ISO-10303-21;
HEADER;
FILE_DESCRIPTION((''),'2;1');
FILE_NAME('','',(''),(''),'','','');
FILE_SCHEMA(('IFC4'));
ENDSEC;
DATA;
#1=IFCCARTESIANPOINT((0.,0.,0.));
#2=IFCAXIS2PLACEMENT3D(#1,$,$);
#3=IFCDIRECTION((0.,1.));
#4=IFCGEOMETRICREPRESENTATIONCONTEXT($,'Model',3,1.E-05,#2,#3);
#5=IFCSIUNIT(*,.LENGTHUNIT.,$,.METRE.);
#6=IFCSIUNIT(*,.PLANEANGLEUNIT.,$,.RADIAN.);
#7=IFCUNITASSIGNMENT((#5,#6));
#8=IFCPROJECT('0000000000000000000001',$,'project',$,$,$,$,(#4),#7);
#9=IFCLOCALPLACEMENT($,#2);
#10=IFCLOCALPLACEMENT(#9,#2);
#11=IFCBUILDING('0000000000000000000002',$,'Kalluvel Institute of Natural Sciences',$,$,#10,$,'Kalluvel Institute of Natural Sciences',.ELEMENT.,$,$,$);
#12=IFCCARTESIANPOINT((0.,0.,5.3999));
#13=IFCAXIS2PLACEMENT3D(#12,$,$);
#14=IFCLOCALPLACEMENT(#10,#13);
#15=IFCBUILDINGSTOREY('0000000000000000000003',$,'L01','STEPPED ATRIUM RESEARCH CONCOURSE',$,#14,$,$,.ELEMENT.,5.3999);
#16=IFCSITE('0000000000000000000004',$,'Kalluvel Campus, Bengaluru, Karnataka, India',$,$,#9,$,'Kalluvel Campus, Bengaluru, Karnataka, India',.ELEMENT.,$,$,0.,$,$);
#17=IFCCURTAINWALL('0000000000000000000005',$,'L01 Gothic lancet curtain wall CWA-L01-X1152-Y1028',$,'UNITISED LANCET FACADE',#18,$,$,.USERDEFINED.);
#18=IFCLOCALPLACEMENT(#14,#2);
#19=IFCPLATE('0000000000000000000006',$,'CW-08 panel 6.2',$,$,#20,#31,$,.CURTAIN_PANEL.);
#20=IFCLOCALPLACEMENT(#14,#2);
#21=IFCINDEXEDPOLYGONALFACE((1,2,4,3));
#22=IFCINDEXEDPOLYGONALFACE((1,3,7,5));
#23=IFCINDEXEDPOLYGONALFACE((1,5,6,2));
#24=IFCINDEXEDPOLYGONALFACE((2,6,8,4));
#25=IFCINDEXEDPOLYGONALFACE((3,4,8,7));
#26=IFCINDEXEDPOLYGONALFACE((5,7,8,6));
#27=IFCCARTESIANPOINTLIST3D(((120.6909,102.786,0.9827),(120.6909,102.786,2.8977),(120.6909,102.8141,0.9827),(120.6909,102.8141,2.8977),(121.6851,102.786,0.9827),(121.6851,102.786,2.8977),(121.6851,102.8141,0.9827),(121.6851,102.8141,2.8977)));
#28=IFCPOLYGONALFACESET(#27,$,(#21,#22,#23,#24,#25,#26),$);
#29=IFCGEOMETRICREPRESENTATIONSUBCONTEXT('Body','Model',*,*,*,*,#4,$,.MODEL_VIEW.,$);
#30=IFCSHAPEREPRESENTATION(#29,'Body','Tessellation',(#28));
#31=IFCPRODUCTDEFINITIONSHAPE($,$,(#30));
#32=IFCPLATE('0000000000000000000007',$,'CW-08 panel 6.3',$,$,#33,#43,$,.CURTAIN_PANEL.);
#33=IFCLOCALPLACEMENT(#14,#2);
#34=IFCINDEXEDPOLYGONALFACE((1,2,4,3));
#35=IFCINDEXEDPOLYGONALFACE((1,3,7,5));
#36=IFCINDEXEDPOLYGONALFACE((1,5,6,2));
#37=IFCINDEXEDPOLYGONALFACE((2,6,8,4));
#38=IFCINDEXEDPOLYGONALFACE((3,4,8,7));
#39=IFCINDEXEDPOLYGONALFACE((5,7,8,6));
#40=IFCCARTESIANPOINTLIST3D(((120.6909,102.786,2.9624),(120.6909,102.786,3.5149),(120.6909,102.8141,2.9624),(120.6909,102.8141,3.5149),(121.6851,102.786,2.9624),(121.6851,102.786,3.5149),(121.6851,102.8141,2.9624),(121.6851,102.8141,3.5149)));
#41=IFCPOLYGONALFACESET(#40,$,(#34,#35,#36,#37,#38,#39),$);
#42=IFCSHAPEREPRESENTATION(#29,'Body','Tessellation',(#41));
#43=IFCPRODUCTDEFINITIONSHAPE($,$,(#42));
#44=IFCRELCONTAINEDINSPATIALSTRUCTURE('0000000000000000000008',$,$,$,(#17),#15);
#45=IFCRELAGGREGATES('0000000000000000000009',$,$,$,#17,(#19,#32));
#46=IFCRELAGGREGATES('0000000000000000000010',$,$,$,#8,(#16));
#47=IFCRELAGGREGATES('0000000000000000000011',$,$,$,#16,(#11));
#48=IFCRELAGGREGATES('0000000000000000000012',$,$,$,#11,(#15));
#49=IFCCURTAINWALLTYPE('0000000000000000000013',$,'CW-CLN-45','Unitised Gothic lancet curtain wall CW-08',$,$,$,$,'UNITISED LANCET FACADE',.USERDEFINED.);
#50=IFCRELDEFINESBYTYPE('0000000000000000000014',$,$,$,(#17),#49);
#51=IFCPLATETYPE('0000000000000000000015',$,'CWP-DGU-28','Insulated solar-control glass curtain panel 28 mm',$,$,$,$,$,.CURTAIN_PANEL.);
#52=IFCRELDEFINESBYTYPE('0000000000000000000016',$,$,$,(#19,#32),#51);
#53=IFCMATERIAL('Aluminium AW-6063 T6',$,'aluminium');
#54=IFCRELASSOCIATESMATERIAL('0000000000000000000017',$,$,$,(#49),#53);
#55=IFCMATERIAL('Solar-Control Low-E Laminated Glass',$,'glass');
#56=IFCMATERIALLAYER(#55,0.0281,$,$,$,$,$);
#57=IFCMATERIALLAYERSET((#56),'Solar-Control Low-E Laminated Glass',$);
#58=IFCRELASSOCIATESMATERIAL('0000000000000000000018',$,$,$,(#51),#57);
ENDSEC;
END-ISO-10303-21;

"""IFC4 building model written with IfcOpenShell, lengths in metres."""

from ifc_helpers import new_model, si_unit, direction, frame, origin, origin_2d, place, context, subcontext, project, spatial, rectangle, extrude, material, layer, layer_set, type_object, element, aggregate, save


model = new_model("IFC4")

# Units and contexts
model_context = context("Model", 3, precision=1e-05, world=origin(), true_north=direction((0.0, 1.0)))
body_context = subcontext(model_context, "Body", "Model", "MODEL_VIEW")
ifc_project = project(units=[si_unit("LENGTHUNIT", "METRE"), si_unit("PLANEANGLEUNIT", "RADIAN")], contexts=[model_context])

# Site, building, storey
site_placement = place(None, origin())
site = spatial("IfcSite", under=ifc_project, at=site_placement, Name="Kalluvel Campus, Bengaluru, Karnataka, India", LongName="Kalluvel Campus, Bengaluru, Karnataka, India", CompositionType="ELEMENT", RefElevation=0.0)
building_placement = place(site_placement, origin())
building = spatial("IfcBuilding", under=site, at=building_placement, Name="Kalluvel Institute of Natural Sciences", LongName="Kalluvel Institute of Natural Sciences", CompositionType="ELEMENT")
storey_placement = place(building_placement, frame((0.0, 0.0, 5.3999)))
storey = spatial("IfcBuildingStorey", under=building, at=storey_placement, Name="L01", Description="STEPPED ATRIUM RESEARCH CONCOURSE", CompositionType="ELEMENT", Elevation=5.3999)

# Curtain wall, plates
ifc_material_1 = material(Name="Aluminium AW-6063 T6", Category="aluminium")
curtain_wall_type = type_object("IfcCurtainWallType", Name="CW-CLN-45", Description="Unitised Gothic lancet curtain wall CW-08", ElementType="UNITISED LANCET FACADE", PredefinedType="USERDEFINED", material=ifc_material_1)
curtain_wall_placement = place(storey_placement, origin())
curtain_wall = element("IfcCurtainWall", 1, at=curtain_wall_placement, inside=storey, type_object=curtain_wall_type, Name="L01 Gothic lancet curtain wall CWA-L01-X1152-Y1028", ObjectType="UNITISED LANCET FACADE", PredefinedType="USERDEFINED")
ifc_material_2 = material(Name="Solar-Control Low-E Laminated Glass", Category="glass")
ifc_layer = layer(ifc_material_2, 0.0281)
ifc_layer_set = layer_set([ifc_layer], Name="Solar-Control Low-E Laminated Glass")
plate_type = type_object("IfcPlateType", Name="CWP-DGU-28", Description="Insulated solar-control glass curtain panel 28 mm", PredefinedType="CURTAIN_PANEL", material=ifc_layer_set)
plate_1_placement = place(storey_placement, frame((121.188, 102.8, 0.9827), z_axis=(0.0, 0.0, 1.0), x_axis=(1.0, 0.0, 0.0)))
plate_1 = element("IfcPlate", 2, at=plate_1_placement, type_object=plate_type, Name="CW-08 panel 6.2", PredefinedType="CURTAIN_PANEL", context=body_context, shape_type="SweptSolid", body=[
    extrude(rectangle(XDim=0.9941, YDim=0.0281, at=origin_2d()), origin(), (0.0, 0.0, 1.0), 1.915),
])
plate_2_placement = place(storey_placement, frame((121.188, 102.8, 2.9624), z_axis=(0.0, 0.0, 1.0), x_axis=(1.0, 0.0, 0.0)))
plate_2 = element("IfcPlate", 3, at=plate_2_placement, type_object=plate_type, Name="CW-08 panel 6.3", PredefinedType="CURTAIN_PANEL", context=body_context, shape_type="SweptSolid", body=[
    extrude(rectangle(XDim=0.9941, YDim=0.0281, at=origin_2d()), origin(), (0.0, 0.0, 1.0), 0.5525),
])
aggregate(curtain_wall, [plate_1, plate_2])

save(model, "model.ifc")
